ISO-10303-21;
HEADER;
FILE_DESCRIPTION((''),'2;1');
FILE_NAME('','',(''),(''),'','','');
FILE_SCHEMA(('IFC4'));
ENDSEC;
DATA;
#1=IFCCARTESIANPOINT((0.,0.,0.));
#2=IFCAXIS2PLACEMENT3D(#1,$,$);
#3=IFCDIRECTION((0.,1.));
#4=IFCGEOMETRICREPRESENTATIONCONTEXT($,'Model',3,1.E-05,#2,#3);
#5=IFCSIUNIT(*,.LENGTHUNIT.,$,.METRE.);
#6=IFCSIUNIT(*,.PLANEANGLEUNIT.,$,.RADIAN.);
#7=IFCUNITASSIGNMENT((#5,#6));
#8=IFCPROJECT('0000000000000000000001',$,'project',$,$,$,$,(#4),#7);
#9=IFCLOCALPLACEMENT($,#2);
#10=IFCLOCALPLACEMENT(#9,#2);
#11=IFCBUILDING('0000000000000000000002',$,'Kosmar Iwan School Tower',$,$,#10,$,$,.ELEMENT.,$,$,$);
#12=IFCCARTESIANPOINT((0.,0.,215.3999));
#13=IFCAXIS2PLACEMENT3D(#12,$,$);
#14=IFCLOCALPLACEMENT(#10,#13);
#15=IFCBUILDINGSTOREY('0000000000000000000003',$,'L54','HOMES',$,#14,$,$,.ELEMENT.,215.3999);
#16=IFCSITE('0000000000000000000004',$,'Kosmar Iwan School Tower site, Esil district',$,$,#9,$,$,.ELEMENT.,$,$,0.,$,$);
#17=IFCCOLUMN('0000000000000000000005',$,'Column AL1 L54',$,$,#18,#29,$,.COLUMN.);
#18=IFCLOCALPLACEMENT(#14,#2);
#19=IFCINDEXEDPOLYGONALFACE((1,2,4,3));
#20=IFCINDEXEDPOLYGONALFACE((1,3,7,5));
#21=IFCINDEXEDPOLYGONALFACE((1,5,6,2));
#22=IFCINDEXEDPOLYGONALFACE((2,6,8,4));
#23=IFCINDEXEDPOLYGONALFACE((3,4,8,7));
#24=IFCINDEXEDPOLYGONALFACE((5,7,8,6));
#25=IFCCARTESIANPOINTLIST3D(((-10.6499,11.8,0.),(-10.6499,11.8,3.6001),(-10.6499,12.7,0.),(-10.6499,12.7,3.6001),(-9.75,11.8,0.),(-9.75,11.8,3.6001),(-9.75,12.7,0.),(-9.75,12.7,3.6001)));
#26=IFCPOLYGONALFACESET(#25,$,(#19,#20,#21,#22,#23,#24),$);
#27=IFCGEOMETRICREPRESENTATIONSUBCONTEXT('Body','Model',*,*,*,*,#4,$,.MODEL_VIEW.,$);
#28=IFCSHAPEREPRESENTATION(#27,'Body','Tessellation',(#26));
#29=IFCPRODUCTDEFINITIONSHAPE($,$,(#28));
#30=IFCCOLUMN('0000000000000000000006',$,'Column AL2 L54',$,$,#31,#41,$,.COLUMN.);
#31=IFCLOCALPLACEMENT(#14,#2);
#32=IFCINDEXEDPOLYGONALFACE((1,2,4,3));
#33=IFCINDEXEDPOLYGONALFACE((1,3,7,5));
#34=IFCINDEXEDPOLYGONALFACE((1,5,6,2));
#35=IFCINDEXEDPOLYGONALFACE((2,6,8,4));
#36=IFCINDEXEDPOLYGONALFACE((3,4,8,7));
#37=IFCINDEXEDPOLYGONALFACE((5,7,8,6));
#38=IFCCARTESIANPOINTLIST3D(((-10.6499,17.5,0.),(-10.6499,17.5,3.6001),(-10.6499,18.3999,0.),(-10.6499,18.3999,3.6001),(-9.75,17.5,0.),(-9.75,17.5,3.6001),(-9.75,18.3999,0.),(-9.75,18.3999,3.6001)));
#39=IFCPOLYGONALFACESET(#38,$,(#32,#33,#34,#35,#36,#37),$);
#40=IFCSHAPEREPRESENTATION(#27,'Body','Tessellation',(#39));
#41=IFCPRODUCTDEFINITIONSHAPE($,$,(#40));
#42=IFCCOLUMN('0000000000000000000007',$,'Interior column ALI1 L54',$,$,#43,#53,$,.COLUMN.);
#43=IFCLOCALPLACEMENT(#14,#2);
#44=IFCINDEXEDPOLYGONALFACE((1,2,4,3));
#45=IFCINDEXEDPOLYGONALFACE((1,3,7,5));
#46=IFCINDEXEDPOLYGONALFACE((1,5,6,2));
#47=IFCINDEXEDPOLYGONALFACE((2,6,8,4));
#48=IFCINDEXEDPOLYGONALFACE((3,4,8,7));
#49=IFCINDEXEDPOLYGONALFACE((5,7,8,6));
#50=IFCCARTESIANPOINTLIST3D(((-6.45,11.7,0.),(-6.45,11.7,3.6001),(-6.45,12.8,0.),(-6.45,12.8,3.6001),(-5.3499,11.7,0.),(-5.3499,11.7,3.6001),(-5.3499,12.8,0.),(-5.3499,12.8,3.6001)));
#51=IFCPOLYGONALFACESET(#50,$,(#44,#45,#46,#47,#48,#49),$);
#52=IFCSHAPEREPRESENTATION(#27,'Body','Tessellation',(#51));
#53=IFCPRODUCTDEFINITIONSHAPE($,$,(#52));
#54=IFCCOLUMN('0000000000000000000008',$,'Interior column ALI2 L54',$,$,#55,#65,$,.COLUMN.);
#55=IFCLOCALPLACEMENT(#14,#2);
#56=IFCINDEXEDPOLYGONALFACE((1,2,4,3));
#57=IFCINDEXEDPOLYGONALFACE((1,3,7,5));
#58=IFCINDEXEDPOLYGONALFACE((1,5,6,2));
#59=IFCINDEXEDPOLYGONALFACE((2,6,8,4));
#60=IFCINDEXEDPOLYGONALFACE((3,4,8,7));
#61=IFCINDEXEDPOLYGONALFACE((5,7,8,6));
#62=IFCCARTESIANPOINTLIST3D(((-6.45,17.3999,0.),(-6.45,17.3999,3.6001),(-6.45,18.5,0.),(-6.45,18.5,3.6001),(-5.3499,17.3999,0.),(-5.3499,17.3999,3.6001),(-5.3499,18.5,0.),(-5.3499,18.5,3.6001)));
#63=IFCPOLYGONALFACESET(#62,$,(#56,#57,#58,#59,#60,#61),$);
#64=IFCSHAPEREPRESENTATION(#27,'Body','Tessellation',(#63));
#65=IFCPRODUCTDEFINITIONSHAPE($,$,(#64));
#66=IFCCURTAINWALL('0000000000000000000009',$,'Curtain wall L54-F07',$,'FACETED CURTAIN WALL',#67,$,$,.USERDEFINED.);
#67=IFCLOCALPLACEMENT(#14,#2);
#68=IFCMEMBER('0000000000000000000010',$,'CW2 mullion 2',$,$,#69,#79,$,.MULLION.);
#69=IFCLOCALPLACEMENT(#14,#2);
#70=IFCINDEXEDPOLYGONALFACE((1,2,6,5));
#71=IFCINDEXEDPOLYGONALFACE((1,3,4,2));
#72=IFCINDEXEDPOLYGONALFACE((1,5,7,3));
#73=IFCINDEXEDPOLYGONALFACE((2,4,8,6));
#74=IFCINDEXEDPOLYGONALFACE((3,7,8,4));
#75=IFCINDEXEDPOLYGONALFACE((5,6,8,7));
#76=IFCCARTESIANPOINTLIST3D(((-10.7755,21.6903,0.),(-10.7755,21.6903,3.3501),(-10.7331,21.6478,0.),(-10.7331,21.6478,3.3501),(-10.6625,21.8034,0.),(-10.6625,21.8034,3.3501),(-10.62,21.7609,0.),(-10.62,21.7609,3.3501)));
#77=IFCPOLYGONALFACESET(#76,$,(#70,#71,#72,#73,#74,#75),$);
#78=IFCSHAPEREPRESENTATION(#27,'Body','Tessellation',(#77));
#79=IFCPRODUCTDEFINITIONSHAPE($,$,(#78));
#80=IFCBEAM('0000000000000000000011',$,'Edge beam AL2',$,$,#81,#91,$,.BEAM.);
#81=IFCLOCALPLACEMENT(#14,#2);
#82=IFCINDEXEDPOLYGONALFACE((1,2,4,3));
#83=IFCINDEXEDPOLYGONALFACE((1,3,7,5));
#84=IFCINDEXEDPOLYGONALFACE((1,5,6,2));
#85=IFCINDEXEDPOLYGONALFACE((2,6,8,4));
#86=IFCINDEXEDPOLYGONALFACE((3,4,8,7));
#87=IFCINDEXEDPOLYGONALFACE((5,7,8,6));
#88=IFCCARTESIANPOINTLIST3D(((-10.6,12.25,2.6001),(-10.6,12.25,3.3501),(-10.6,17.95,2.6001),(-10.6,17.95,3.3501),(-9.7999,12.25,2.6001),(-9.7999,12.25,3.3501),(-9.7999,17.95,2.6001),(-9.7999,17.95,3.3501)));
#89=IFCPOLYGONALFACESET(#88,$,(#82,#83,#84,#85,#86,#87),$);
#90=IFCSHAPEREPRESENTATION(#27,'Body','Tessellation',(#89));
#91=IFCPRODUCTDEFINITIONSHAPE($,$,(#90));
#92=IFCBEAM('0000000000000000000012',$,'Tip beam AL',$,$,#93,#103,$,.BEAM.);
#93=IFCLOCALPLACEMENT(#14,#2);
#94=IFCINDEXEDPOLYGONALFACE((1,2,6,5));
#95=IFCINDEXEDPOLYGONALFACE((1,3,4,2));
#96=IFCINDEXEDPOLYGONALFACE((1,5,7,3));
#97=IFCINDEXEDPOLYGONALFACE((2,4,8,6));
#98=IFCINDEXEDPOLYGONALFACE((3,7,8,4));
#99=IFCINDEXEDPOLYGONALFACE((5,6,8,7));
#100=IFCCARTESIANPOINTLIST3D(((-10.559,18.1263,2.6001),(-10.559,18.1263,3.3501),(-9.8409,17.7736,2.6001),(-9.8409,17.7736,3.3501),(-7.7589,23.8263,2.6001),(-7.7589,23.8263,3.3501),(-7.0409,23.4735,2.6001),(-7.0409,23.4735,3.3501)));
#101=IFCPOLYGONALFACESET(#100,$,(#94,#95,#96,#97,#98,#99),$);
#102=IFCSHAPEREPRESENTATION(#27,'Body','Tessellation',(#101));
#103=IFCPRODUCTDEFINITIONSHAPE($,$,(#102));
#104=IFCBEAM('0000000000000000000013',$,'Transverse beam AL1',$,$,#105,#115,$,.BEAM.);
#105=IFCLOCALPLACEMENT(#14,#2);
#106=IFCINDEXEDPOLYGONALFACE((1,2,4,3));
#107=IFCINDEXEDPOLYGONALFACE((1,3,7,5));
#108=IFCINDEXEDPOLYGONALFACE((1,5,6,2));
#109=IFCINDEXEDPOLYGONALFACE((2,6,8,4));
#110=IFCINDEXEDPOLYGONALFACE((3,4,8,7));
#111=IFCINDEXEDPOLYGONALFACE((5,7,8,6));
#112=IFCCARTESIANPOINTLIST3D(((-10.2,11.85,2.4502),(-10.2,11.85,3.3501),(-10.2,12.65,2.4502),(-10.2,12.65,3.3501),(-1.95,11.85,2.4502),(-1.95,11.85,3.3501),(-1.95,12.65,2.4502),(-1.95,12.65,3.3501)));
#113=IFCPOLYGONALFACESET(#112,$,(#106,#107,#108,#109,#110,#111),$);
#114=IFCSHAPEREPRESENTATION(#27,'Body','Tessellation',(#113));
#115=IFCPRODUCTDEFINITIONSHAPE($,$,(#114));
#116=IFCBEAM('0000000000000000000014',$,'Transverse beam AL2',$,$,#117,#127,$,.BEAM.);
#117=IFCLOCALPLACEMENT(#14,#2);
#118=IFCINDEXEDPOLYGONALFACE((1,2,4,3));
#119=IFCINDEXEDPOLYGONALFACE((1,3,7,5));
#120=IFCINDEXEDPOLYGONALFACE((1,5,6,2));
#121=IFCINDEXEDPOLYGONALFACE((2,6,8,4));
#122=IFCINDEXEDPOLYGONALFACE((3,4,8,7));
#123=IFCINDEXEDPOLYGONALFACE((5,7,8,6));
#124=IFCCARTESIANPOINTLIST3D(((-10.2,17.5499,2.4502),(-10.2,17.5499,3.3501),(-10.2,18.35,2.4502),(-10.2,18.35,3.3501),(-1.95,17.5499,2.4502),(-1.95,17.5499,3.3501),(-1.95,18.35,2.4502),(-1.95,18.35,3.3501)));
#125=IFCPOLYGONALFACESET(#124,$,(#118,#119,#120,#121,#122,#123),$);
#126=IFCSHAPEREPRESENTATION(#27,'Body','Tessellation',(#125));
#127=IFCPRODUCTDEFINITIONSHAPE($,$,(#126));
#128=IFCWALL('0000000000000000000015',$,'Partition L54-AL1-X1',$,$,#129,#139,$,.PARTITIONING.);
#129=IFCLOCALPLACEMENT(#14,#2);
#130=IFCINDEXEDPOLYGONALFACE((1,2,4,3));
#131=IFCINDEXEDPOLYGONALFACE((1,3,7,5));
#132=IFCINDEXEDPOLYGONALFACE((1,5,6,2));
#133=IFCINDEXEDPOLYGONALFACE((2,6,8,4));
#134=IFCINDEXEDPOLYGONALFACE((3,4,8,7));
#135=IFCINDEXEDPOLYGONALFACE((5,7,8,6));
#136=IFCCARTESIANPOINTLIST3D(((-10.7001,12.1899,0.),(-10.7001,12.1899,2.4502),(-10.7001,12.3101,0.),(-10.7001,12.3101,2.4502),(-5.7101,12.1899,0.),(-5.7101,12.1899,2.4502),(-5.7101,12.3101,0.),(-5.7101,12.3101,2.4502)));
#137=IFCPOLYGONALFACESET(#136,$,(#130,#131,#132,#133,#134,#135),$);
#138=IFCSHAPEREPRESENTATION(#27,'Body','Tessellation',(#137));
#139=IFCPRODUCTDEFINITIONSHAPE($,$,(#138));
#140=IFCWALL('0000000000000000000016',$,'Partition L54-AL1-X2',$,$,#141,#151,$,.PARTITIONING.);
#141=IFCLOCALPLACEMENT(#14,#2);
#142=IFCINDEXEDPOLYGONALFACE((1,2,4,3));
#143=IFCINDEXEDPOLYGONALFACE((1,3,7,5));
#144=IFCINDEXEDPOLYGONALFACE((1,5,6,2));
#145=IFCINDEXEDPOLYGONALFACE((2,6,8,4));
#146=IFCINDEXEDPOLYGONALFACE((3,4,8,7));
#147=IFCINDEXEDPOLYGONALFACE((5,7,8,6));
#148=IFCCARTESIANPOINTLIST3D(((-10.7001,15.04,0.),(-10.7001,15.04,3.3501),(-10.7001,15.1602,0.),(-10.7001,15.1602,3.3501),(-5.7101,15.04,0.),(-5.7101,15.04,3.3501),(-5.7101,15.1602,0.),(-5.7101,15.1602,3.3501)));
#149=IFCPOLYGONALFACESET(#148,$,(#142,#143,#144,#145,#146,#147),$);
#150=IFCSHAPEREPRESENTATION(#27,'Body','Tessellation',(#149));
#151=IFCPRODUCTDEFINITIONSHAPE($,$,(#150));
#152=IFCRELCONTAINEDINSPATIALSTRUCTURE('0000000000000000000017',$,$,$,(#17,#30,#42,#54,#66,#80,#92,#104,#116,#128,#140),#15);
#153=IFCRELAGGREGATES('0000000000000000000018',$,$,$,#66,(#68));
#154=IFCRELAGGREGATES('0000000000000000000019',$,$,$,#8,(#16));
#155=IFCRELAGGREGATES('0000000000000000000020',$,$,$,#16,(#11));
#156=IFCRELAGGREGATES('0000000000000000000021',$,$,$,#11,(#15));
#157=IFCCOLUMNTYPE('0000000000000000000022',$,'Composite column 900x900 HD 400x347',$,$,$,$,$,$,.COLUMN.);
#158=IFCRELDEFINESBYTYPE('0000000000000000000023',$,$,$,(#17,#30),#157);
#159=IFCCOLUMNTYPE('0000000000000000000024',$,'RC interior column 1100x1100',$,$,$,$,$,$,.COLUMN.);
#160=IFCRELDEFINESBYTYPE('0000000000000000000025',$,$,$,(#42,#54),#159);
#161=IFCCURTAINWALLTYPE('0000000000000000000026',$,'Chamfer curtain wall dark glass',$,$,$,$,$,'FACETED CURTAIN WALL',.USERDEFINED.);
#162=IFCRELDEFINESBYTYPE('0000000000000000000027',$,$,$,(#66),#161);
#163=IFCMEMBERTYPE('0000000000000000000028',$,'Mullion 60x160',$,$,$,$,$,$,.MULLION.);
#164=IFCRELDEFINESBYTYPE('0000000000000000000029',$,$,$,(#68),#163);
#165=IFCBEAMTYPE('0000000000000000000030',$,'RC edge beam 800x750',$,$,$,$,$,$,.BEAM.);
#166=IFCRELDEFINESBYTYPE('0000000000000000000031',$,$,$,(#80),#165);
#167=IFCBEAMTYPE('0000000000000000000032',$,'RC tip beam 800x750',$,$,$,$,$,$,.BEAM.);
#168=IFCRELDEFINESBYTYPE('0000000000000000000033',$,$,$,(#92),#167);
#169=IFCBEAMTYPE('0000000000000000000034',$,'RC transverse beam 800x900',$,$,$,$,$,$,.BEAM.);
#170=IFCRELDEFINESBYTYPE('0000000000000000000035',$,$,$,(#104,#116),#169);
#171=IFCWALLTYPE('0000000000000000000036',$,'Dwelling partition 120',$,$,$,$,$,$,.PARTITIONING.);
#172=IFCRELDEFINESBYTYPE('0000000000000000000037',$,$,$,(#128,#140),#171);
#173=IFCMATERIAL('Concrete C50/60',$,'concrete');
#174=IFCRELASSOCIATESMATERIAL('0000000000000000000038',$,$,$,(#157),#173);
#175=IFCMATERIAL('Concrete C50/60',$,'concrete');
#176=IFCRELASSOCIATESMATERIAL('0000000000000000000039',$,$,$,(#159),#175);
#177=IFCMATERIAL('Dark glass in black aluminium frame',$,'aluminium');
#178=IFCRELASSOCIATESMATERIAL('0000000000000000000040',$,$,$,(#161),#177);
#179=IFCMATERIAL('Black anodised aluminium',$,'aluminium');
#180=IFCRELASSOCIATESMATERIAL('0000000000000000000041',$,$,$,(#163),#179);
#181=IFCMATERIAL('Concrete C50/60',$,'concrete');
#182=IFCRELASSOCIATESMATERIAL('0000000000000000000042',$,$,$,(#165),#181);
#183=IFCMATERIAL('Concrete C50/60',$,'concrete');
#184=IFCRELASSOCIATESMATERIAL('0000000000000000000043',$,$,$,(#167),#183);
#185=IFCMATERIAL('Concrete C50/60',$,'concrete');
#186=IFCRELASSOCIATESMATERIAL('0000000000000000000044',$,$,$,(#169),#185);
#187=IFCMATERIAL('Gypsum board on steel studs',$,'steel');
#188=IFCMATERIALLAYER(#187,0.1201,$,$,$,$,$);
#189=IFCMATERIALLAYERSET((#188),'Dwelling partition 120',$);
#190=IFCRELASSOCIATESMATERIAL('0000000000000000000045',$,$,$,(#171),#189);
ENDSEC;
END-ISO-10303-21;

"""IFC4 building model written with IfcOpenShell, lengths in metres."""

from ifc_helpers import new_model, si_unit, direction, frame, frame_2d, origin, origin_2d, place, context, subcontext, project, spatial, rectangle, extrude, material, layer, layer_set, material_profile, profile_set, type_object, element, aggregate, save


model = new_model("IFC4")

# Units and contexts
model_context = context("Model", 3, precision=1e-05, world=origin(), true_north=direction((0.0, 1.0)))
body_context = subcontext(model_context, "Body", "Model", "MODEL_VIEW")
ifc_project = project(units=[si_unit("LENGTHUNIT", "METRE"), si_unit("PLANEANGLEUNIT", "RADIAN")], contexts=[model_context])

# Site, building, storey
site_placement = place(None, origin())
site = spatial("IfcSite", under=ifc_project, at=site_placement, Name="Kosmar Iwan School Tower site, Esil district", CompositionType="ELEMENT", RefElevation=0.0)
building_placement = place(site_placement, origin())
building = spatial("IfcBuilding", under=site, at=building_placement, Name="Kosmar Iwan School Tower", CompositionType="ELEMENT")
storey_placement = place(building_placement, frame((0.0, 0.0, 215.3999)))
storey = spatial("IfcBuildingStorey", under=building, at=storey_placement, Name="L54", Description="HOMES", CompositionType="ELEMENT", Elevation=215.3999)

# Columns
ifc_material_1 = material(Name="Concrete C50/60", Category="concrete")
ifc_material_profile_1 = material_profile(ifc_material_1, rectangle(XDim=0.8999, YDim=0.8999, at=origin_2d()), Name="RC 900x900 + HD 400x347")
ifc_profile_set_1 = profile_set([ifc_material_profile_1], Name="Concrete C50/60")
column_type_1 = type_object("IfcColumnType", Name="Composite column 900x900 HD 400x347", PredefinedType="COLUMN", material=ifc_profile_set_1)
for number, where, z_axis, x_axis, name in (
    (1, (-10.2, 12.25, 0.0), (0.0, 0.0, 1.0), (0.0, 1.0, 0.0), "Column AL1 L54"),
    (2, (-10.2, 17.95, 0.0), (0.0, 0.0, 1.0), (0.0, 1.0, 0.0), "Column AL2 L54"),
):
    element("IfcColumn", number, at=place(storey_placement, frame(where, z_axis=z_axis, x_axis=x_axis)), inside=storey, type_object=column_type_1, Name=name, PredefinedType="COLUMN", context=body_context, shape_type="SweptSolid", body=[
        extrude(rectangle(XDim=0.8999, YDim=0.8999, at=origin_2d()), origin(), (0.0, 0.0, 1.0), 3.6001),
    ])
ifc_material_2 = material(Name="Concrete C50/60", Category="concrete")
ifc_material_profile_2 = material_profile(ifc_material_2, rectangle(XDim=1.1001, YDim=1.1001, at=origin_2d()), Name="RC 1100x1100")
ifc_profile_set_2 = profile_set([ifc_material_profile_2], Name="Concrete C50/60")
column_type_2 = type_object("IfcColumnType", Name="RC interior column 1100x1100", PredefinedType="COLUMN", material=ifc_profile_set_2)
for number, where, z_axis, x_axis, name in (
    (3, (-5.8999, 12.25, 0.0), (0.0, 0.0, 1.0), (0.0, 1.0, 0.0), "Interior column ALI1 L54"),
    (4, (-5.8999, 17.95, 0.0), (0.0, 0.0, 1.0), (0.0, 1.0, 0.0), "Interior column ALI2 L54"),
):
    element("IfcColumn", number, at=place(storey_placement, frame(where, z_axis=z_axis, x_axis=x_axis)), inside=storey, type_object=column_type_2, Name=name, PredefinedType="COLUMN", context=body_context, shape_type="SweptSolid", body=[
        extrude(rectangle(XDim=1.1001, YDim=1.1001, at=origin_2d()), origin(), (0.0, 0.0, 1.0), 3.6001),
    ])

# Curtain wall, member
ifc_material_3 = material(Name="Dark glass in black aluminium frame", Category="aluminium")
curtain_wall_type = type_object("IfcCurtainWallType", Name="Chamfer curtain wall dark glass", ElementType="FACETED CURTAIN WALL", PredefinedType="USERDEFINED", material=ifc_material_3)
curtain_wall_placement = place(storey_placement, origin())
curtain_wall = element("IfcCurtainWall", 5, at=curtain_wall_placement, inside=storey, type_object=curtain_wall_type, Name="Curtain wall L54-F07", ObjectType="FACETED CURTAIN WALL", PredefinedType="USERDEFINED")
ifc_material_4 = material(Name="Black anodised aluminium", Category="aluminium")
ifc_material_profile_3 = material_profile(ifc_material_4, rectangle(XDim=0.0601, YDim=0.1599, at=origin_2d()), Name="MULLION 60x160")
ifc_profile_set_3 = profile_set([ifc_material_profile_3], Name="Black anodised aluminium")
member_type = type_object("IfcMemberType", Name="Mullion 60x160", PredefinedType="MULLION", material=ifc_profile_set_3)
member_placement = place(storey_placement, frame((-10.6978, 21.7256, 0.0), z_axis=(0.0, 0.0, 1.0), x_axis=(0.707107, -0.707107, 0.0)))
member = element("IfcMember", 6, at=member_placement, type_object=member_type, Name="CW2 mullion 2", PredefinedType="MULLION", context=body_context, shape_type="SweptSolid", body=[
    extrude(rectangle(XDim=0.0601, YDim=0.1599, at=origin_2d()), origin(), (0.0, 0.0, 1.0), 3.3501),
])
aggregate(curtain_wall, [member])

# Beams
ifc_material_5 = material(Name="Concrete C50/60", Category="concrete")
ifc_material_profile_4 = material_profile(ifc_material_5, rectangle(XDim=0.8, YDim=0.75, at=origin_2d()), Name="RC 800x750")
ifc_profile_set_4 = profile_set([ifc_material_profile_4], Name="Concrete C50/60")
beam_type_1 = type_object("IfcBeamType", Name="RC edge beam 800x750", PredefinedType="BEAM", material=ifc_profile_set_4)
beam_1_placement = place(storey_placement, frame((-10.2, 12.25, 2.9751), z_axis=(0.0, 1.0, 0.0), x_axis=(-1.0, 0.0, 0.0)))
element("IfcBeam", 7, at=beam_1_placement, inside=storey, type_object=beam_type_1, Name="Edge beam AL2", PredefinedType="BEAM", context=body_context, shape_type="SweptSolid", body=[
    extrude(rectangle(XDim=0.8, YDim=0.75, at=origin_2d()), origin(), (0.0, 0.0, 1.0), 5.7),
])
ifc_material_6 = material(Name="Concrete C50/60", Category="concrete")
ifc_material_profile_5 = material_profile(ifc_material_6, rectangle(XDim=0.8, YDim=0.75, at=origin_2d()), Name="RC 800x750")
ifc_profile_set_5 = profile_set([ifc_material_profile_5], Name="Concrete C50/60")
beam_type_2 = type_object("IfcBeamType", Name="RC tip beam 800x750", PredefinedType="BEAM", material=ifc_profile_set_5)
beam_2_placement = place(storey_placement, frame((-10.2, 17.95, 2.9751), z_axis=(0.440913, 0.89755, 0.0), x_axis=(-0.89755, 0.440913, 0.0)))
element("IfcBeam", 8, at=beam_2_placement, inside=storey, type_object=beam_type_2, Name="Tip beam AL", PredefinedType="BEAM", context=body_context, shape_type="SweptSolid", body=[
    extrude(rectangle(XDim=0.8, YDim=0.75, at=origin_2d()), origin(), (0.0, 0.0, 1.0), 6.3506),
])
ifc_material_7 = material(Name="Concrete C50/60", Category="concrete")
ifc_material_profile_6 = material_profile(ifc_material_7, rectangle(XDim=0.8, YDim=0.8999, at=origin_2d()), Name="RC 800x900")
ifc_profile_set_6 = profile_set([ifc_material_profile_6], Name="Concrete C50/60")
beam_type_3 = type_object("IfcBeamType", Name="RC transverse beam 800x900", PredefinedType="BEAM", material=ifc_profile_set_6)
for number, where, z_axis, x_axis, name in (
    (9, (-10.2, 12.25, 2.9001), (1.0, 0.0, 0.0), (0.0, 1.0, 0.0), "Transverse beam AL1"),
    (10, (-10.2, 17.95, 2.9001), (1.0, 0.0, 0.0), (0.0, 1.0, 0.0), "Transverse beam AL2"),
):
    element("IfcBeam", number, at=place(storey_placement, frame(where, z_axis=z_axis, x_axis=x_axis)), inside=storey, type_object=beam_type_3, Name=name, PredefinedType="BEAM", context=body_context, shape_type="SweptSolid", body=[
        extrude(rectangle(XDim=0.8, YDim=0.8999, at=origin_2d()), origin(), (0.0, 0.0, 1.0), 8.25),
    ])

# Walls
ifc_material_8 = material(Name="Gypsum board on steel studs", Category="steel")
ifc_layer = layer(ifc_material_8, 0.1201)
ifc_layer_set = layer_set([ifc_layer], Name="Dwelling partition 120")
wall_type = type_object("IfcWallType", Name="Dwelling partition 120", PredefinedType="PARTITIONING", material=ifc_layer_set)
wall_1_placement = place(storey_placement, frame((-5.71, 12.25, 0.0), z_axis=(0.0, 0.0, 1.0), x_axis=(-1.0, 0.0, 0.0)))
element("IfcWall", 11, at=wall_1_placement, inside=storey, type_object=wall_type, Name="Partition L54-AL1-X1", PredefinedType="PARTITIONING", context=body_context, shape_type="SweptSolid", body=[
    extrude(rectangle(XDim=4.99, YDim=0.1201, at=frame_2d((2.4951, 0.0))), origin(), (0.0, 0.0, 1.0), 2.4502),
])
wall_2_placement = place(storey_placement, frame((-5.71, 15.1001, 0.0), z_axis=(0.0, 0.0, 1.0), x_axis=(-1.0, 0.0, 0.0)))
element("IfcWall", 12, at=wall_2_placement, inside=storey, type_object=wall_type, Name="Partition L54-AL1-X2", PredefinedType="PARTITIONING", context=body_context, shape_type="SweptSolid", body=[
    extrude(rectangle(XDim=4.99, YDim=0.1201, at=frame_2d((2.4951, 0.0))), origin(), (0.0, 0.0, 1.0), 3.3501),
])

save(model, "model.ifc")
